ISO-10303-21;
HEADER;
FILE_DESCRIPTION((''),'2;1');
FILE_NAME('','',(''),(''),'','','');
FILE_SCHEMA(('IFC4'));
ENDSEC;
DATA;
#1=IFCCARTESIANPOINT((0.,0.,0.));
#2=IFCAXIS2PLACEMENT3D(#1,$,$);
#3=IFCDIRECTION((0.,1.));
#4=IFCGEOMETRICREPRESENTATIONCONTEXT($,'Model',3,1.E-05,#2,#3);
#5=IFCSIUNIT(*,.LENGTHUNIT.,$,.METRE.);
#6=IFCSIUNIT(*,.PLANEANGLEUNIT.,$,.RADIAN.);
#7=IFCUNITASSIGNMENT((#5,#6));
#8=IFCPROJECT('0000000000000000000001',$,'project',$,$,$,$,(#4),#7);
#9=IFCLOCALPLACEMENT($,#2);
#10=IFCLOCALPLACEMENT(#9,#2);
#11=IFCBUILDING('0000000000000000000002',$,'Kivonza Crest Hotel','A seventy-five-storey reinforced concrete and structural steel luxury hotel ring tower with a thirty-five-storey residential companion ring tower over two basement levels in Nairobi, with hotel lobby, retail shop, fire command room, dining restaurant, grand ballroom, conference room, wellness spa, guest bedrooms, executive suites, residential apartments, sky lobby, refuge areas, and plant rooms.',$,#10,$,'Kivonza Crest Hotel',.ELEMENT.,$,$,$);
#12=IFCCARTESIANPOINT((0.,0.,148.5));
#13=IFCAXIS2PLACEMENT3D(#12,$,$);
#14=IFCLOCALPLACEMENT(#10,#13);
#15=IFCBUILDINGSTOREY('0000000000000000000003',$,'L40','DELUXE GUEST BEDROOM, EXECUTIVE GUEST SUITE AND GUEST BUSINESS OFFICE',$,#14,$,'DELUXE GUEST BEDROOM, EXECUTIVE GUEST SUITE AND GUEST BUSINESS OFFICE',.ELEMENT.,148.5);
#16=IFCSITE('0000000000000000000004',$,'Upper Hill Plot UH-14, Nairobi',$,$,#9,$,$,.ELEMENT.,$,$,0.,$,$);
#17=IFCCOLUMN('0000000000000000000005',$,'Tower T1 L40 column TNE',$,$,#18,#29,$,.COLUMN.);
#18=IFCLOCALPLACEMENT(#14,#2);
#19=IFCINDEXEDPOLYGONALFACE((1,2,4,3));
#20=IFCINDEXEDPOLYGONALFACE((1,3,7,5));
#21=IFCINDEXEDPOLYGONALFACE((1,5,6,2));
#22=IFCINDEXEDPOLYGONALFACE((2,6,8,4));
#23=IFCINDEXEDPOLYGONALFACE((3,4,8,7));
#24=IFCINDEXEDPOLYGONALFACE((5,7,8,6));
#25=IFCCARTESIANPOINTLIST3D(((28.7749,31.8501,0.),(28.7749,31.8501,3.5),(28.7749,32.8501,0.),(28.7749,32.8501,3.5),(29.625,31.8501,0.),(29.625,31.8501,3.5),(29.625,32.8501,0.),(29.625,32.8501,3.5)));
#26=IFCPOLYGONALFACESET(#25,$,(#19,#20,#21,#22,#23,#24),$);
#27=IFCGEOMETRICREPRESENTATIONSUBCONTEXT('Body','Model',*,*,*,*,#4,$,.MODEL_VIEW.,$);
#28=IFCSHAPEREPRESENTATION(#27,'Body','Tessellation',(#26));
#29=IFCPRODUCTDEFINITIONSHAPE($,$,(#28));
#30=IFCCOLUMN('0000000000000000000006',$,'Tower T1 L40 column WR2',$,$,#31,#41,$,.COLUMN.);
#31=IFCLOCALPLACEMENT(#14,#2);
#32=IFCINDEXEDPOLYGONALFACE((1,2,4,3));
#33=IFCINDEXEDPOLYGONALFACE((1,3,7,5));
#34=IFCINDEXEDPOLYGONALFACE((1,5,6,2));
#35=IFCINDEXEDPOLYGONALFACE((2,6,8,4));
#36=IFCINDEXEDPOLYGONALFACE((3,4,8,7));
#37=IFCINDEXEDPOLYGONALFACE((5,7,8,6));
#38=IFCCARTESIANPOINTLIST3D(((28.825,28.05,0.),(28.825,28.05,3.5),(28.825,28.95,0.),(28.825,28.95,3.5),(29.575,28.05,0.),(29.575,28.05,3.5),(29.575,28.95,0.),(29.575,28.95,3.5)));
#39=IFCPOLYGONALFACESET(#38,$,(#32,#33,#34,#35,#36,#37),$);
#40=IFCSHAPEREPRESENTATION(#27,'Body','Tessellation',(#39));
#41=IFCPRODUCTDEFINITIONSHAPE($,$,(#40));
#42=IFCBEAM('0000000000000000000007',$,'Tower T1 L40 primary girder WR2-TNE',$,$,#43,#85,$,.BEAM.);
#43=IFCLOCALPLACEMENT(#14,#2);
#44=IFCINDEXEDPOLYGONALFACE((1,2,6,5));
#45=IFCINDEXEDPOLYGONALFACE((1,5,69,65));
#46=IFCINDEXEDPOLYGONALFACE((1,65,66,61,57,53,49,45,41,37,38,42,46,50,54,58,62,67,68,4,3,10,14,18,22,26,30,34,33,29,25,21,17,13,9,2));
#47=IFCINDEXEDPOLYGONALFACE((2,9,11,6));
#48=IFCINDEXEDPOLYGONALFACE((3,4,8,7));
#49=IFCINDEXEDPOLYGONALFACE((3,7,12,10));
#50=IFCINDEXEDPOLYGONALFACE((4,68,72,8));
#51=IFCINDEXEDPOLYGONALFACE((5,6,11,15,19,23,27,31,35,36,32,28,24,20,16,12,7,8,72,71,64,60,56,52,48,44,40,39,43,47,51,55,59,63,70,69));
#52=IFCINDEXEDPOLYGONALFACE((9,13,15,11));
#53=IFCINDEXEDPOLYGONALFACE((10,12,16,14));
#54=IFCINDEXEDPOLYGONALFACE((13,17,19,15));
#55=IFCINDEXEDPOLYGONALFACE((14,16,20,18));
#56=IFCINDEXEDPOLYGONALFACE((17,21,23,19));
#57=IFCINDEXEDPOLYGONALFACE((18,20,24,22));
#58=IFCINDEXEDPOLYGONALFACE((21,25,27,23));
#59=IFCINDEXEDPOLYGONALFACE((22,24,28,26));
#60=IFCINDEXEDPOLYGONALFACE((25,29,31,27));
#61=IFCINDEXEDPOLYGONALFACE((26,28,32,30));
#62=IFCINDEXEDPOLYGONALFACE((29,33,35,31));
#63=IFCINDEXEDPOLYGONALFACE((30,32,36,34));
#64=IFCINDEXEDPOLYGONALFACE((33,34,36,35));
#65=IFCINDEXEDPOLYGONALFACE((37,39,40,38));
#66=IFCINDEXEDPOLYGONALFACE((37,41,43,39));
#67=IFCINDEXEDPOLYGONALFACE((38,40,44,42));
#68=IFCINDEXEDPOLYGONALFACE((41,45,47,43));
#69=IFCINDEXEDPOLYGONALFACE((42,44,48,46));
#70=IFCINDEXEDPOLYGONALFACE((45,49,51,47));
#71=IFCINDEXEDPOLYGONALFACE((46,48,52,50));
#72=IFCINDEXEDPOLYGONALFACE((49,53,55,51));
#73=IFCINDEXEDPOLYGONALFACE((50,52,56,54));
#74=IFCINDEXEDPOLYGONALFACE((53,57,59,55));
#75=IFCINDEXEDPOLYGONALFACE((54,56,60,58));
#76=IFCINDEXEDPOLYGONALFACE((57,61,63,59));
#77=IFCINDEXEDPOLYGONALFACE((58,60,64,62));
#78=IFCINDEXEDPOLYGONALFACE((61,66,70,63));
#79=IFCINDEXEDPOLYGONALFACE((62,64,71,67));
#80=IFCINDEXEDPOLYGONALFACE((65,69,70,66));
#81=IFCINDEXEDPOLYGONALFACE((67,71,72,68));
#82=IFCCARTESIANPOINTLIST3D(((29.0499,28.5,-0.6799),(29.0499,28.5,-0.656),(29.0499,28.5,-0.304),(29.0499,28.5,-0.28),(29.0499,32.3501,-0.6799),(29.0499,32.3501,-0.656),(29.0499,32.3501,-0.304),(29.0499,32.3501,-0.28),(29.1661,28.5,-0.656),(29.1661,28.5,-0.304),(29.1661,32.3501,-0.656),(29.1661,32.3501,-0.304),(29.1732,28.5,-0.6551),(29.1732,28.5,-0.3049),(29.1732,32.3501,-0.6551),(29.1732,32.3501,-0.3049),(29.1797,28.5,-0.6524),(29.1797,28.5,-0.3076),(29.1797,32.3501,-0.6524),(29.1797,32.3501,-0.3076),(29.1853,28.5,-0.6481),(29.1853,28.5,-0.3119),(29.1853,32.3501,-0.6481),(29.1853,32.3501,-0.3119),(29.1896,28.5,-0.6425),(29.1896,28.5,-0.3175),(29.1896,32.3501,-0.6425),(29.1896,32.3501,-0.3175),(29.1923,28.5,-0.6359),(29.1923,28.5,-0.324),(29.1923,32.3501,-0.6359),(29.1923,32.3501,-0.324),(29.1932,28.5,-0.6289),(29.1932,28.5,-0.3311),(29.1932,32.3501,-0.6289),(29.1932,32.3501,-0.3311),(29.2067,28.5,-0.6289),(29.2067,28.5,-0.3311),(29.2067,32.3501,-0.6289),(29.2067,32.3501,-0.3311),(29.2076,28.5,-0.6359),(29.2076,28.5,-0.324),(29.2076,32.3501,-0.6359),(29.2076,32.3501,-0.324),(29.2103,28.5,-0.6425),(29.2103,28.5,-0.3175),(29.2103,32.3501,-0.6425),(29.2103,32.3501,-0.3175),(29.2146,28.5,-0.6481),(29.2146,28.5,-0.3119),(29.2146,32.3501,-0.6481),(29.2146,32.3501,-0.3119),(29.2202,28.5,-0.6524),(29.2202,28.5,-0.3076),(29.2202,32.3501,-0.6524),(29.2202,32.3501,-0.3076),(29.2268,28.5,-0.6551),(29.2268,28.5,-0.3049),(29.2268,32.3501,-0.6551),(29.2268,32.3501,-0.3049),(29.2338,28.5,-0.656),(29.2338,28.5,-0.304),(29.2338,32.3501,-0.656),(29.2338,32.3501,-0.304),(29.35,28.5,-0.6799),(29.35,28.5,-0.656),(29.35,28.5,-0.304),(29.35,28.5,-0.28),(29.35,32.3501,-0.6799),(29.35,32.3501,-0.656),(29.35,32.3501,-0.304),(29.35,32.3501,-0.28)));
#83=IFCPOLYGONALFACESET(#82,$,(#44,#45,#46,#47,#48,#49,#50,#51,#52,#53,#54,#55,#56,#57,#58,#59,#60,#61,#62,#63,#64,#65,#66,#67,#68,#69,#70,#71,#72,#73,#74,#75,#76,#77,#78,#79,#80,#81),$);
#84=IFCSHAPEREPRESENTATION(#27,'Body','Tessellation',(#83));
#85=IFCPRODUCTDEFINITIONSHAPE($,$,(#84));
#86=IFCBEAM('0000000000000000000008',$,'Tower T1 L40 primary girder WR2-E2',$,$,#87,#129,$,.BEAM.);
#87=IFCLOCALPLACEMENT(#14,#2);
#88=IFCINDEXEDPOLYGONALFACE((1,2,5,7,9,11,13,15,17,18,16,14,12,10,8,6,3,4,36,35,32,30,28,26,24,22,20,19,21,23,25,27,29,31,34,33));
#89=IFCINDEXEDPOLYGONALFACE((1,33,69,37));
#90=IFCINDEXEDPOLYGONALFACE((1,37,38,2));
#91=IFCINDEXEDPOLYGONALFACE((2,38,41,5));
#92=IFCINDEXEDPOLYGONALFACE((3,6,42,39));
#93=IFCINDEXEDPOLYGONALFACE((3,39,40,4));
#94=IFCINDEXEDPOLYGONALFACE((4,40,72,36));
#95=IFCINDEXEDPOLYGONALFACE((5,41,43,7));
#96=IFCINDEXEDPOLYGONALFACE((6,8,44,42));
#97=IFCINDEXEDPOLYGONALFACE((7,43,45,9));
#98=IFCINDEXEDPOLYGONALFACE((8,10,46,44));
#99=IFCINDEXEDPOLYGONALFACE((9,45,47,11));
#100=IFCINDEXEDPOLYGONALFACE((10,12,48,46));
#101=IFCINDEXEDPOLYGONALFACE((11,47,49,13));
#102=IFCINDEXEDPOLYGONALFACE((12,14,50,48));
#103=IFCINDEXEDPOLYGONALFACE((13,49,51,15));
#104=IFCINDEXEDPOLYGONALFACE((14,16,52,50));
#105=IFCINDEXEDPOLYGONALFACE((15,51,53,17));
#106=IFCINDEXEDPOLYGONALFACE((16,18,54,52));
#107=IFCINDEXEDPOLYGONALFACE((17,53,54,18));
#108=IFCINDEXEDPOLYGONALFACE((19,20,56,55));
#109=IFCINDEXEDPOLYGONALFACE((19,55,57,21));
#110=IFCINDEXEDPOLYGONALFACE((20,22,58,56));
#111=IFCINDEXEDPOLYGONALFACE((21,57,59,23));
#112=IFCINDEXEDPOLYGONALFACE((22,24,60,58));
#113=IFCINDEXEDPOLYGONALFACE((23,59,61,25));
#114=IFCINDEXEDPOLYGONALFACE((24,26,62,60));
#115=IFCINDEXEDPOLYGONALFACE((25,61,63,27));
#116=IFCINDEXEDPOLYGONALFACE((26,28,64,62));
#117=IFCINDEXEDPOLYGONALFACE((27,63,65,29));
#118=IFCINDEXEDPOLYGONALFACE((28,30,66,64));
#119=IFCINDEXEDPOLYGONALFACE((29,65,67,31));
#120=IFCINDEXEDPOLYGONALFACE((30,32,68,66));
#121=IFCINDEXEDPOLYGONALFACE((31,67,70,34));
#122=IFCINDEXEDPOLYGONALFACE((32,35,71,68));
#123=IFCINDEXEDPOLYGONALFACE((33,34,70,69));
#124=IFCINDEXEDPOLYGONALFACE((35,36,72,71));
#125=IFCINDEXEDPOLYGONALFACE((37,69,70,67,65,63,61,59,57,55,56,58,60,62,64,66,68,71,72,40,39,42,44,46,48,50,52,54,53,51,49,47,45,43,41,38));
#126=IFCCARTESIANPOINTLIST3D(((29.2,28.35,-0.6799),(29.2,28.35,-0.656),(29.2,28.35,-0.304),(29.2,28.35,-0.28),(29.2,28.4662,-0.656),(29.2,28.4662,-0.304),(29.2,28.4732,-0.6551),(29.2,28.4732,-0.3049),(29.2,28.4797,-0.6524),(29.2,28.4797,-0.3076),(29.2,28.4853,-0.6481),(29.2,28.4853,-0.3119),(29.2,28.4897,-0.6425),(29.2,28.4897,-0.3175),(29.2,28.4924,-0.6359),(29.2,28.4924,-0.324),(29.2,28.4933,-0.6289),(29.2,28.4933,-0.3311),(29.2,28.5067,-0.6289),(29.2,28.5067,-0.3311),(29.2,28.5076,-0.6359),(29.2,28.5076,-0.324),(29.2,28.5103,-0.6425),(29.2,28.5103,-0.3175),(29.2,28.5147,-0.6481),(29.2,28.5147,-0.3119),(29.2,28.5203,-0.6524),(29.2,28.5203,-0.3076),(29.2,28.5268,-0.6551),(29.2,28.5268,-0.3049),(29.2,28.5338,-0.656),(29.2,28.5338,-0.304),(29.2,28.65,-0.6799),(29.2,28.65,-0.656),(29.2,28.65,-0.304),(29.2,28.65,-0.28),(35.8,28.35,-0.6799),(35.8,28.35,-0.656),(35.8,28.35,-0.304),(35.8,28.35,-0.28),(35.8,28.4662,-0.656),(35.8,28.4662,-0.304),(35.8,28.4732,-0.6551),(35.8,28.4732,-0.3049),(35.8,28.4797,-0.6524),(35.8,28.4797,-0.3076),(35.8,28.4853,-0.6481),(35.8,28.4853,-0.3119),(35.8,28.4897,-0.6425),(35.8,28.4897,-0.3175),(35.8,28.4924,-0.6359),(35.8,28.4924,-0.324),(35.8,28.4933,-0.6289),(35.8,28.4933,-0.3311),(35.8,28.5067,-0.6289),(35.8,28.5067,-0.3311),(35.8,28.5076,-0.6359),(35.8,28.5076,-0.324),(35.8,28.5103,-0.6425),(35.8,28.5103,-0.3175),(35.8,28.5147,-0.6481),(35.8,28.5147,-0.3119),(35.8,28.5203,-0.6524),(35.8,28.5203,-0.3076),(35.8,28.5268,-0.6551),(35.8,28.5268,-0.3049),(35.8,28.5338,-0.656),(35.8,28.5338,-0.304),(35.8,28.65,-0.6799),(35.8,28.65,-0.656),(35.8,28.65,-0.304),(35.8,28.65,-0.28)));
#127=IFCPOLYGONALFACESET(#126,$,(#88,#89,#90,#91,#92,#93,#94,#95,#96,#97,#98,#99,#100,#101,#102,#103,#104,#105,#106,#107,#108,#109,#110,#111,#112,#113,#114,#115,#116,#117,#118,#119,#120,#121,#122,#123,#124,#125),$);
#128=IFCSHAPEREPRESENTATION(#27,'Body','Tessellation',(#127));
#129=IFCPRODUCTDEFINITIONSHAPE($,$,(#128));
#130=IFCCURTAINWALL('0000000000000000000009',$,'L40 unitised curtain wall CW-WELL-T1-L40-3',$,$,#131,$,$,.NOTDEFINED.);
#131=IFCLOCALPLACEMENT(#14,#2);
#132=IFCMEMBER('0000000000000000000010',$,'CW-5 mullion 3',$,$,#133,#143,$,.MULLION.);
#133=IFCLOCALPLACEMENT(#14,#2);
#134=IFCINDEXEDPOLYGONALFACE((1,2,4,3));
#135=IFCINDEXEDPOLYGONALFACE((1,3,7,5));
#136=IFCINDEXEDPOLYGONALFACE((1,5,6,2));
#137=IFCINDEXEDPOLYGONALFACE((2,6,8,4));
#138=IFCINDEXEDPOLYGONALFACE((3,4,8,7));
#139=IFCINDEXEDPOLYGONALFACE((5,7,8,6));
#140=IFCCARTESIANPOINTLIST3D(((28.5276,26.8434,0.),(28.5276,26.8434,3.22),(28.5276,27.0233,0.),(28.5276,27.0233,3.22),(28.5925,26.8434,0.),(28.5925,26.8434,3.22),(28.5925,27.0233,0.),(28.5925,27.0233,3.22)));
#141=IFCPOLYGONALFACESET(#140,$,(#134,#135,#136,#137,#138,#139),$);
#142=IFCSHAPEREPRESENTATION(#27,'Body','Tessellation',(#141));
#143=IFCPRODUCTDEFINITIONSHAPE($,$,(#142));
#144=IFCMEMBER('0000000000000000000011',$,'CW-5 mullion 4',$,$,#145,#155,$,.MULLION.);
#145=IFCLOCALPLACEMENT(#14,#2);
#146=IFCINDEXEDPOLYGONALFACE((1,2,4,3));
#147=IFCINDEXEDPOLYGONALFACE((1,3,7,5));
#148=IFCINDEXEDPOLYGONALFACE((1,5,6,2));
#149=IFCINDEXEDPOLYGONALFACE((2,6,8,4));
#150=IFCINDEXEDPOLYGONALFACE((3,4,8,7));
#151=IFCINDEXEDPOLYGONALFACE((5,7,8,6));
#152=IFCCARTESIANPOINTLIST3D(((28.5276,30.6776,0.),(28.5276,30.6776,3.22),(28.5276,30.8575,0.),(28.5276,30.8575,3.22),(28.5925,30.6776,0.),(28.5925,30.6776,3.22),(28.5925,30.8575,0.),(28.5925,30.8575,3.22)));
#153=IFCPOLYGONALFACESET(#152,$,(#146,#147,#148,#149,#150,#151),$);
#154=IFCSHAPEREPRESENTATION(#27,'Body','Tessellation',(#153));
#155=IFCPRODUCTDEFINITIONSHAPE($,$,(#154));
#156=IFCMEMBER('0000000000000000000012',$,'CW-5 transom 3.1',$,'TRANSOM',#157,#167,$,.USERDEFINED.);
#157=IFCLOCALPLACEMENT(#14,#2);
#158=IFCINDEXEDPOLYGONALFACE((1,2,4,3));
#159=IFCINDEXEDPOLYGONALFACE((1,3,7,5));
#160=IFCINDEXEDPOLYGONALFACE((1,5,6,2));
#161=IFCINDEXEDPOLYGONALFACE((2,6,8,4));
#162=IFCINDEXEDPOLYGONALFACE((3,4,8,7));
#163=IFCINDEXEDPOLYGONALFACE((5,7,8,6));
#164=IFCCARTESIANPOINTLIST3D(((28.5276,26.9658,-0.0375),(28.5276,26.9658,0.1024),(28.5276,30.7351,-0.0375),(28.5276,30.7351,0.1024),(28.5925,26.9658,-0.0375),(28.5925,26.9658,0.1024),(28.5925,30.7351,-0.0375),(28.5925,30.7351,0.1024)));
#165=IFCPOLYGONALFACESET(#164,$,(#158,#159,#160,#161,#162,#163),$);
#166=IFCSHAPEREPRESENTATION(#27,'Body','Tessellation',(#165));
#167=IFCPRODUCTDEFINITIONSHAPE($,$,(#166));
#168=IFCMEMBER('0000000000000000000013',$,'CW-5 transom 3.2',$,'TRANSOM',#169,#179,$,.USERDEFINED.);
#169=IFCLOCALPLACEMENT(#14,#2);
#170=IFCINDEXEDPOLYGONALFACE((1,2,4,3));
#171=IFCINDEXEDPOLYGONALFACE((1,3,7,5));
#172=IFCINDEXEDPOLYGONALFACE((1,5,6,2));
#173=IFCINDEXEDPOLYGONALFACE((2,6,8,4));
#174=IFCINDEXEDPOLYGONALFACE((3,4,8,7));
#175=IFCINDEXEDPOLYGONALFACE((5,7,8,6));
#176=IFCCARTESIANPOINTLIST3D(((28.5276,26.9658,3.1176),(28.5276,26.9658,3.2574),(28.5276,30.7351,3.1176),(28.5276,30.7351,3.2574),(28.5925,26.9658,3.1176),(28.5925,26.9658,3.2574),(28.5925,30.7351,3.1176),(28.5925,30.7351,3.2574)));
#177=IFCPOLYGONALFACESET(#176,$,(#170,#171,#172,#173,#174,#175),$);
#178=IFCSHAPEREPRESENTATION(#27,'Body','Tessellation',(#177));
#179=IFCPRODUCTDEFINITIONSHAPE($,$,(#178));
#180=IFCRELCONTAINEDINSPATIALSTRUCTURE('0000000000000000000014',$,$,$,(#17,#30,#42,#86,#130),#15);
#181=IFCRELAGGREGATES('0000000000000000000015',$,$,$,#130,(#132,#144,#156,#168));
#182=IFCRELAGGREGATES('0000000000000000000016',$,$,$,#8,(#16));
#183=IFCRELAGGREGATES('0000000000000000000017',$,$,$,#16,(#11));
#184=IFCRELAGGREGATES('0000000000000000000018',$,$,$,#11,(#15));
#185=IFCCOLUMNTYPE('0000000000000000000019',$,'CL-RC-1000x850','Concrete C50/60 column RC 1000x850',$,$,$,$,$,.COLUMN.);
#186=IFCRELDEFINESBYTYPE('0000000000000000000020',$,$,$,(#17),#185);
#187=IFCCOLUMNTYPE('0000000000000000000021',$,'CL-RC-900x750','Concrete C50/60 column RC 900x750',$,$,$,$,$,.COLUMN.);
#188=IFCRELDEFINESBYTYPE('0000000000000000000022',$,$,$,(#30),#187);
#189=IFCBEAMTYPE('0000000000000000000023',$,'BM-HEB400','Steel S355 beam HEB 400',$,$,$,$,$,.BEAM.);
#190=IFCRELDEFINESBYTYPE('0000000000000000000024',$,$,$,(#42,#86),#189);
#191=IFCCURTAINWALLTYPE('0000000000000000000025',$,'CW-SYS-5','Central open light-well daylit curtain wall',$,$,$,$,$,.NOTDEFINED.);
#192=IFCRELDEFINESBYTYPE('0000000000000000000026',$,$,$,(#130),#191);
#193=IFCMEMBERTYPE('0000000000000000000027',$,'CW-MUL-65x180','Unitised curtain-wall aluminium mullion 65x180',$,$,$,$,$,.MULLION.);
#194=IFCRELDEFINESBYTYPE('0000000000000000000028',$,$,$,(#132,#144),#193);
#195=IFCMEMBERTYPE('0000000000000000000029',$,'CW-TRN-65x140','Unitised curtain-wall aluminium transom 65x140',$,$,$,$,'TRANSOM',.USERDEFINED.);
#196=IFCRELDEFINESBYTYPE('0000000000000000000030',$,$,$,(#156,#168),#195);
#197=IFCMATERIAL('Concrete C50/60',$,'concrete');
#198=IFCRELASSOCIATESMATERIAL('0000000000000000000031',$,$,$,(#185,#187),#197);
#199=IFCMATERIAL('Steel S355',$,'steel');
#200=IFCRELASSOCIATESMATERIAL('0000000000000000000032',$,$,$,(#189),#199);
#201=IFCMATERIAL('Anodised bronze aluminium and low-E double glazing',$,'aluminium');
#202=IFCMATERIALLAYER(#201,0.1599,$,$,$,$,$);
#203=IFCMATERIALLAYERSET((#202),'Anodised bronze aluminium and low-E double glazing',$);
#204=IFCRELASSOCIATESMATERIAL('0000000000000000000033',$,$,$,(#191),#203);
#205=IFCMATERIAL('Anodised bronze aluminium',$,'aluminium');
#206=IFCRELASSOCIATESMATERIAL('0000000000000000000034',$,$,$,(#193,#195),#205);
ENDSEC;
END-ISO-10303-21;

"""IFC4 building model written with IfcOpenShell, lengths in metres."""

from ifc_helpers import new_model, si_unit, direction, frame, origin, origin_2d, place, context, subcontext, project, spatial, rectangle, i_section, extrude, material, layer, layer_set, material_profile, profile_set, type_object, element, aggregate, save


model = new_model("IFC4")

# Units and contexts
model_context = context("Model", 3, precision=1e-05, world=origin(), true_north=direction((0.0, 1.0)))
body_context = subcontext(model_context, "Body", "Model", "MODEL_VIEW")
ifc_project = project(units=[si_unit("LENGTHUNIT", "METRE"), si_unit("PLANEANGLEUNIT", "RADIAN")], contexts=[model_context])

# Site, building, storey
site_placement = place(None, origin())
site = spatial("IfcSite", under=ifc_project, at=site_placement, Name="Upper Hill Plot UH-14, Nairobi", CompositionType="ELEMENT", RefElevation=0.0)
building_placement = place(site_placement, origin())
building = spatial("IfcBuilding", under=site, at=building_placement, Name="Kivonza Crest Hotel", Description="A seventy-five-storey reinforced concrete and structural steel luxury hotel ring tower with a thirty-five-storey residential companion ring tower over two basement levels in Nairobi, with hotel lobby, retail shop, fire command room, dining restaurant, grand ballroom, conference room, wellness spa, guest bedrooms, executive suites, residential apartments, sky lobby, refuge areas, and plant rooms.", LongName="Kivonza Crest Hotel", CompositionType="ELEMENT")
storey_placement = place(building_placement, frame((0.0, 0.0, 148.5)))
storey = spatial("IfcBuildingStorey", under=building, at=storey_placement, Name="L40", Description="DELUXE GUEST BEDROOM, EXECUTIVE GUEST SUITE AND GUEST BUSINESS OFFICE", LongName="DELUXE GUEST BEDROOM, EXECUTIVE GUEST SUITE AND GUEST BUSINESS OFFICE", CompositionType="ELEMENT", Elevation=148.5)

# Columns
ifc_material_1 = material(Name="Concrete C50/60", Category="concrete")
ifc_material_profile_1 = material_profile(ifc_material_1, rectangle(XDim=0.8501, YDim=1.0, at=origin_2d()), Name="RC 1000x850")
ifc_profile_set_1 = profile_set([ifc_material_profile_1], Name="Concrete C50/60")
column_type_1 = type_object("IfcColumnType", Name="CL-RC-1000x850", Description="Concrete C50/60 column RC 1000x850", PredefinedType="COLUMN", material=ifc_profile_set_1)
column_1_placement = place(storey_placement, frame((29.2, 32.3501, 0.0), z_axis=(0.0, 0.0, 1.0), x_axis=(1.0, 0.0, 0.0)))
element("IfcColumn", 1, at=column_1_placement, inside=storey, type_object=column_type_1, Name="Tower T1 L40 column TNE", PredefinedType="COLUMN", context=body_context, shape_type="SweptSolid", body=[
    extrude(rectangle(XDim=0.8501, YDim=1.0, at=origin_2d()), origin(), (0.0, 0.0, 1.0), 3.5),
])
ifc_material_profile_2 = material_profile(ifc_material_1, rectangle(XDim=0.75, YDim=0.8999, at=origin_2d()), Name="RC 900x750")
ifc_profile_set_2 = profile_set([ifc_material_profile_2], Name="Concrete C50/60")
column_type_2 = type_object("IfcColumnType", Name="CL-RC-900x750", Description="Concrete C50/60 column RC 900x750", PredefinedType="COLUMN", material=ifc_profile_set_2)
column_2_placement = place(storey_placement, frame((29.2, 28.5, 0.0), z_axis=(0.0, 0.0, 1.0), x_axis=(1.0, 0.0, 0.0)))
element("IfcColumn", 2, at=column_2_placement, inside=storey, type_object=column_type_2, Name="Tower T1 L40 column WR2", PredefinedType="COLUMN", context=body_context, shape_type="SweptSolid", body=[
    extrude(rectangle(XDim=0.75, YDim=0.8999, at=origin_2d()), origin(), (0.0, 0.0, 1.0), 3.5),
])

# Beams
ifc_material_2 = material(Name="Steel S355", Category="steel")
ifc_material_profile_3 = material_profile(ifc_material_2, i_section(OverallWidth=0.3, OverallDepth=0.3999, WebThickness=0.0134, FlangeThickness=0.0239, FilletRadius=0.0271, at=origin_2d()), Name="HEB 400")
ifc_profile_set_3 = profile_set([ifc_material_profile_3], Name="Steel S355")
beam_type = type_object("IfcBeamType", Name="BM-HEB400", Description="Steel S355 beam HEB 400", PredefinedType="BEAM", material=ifc_profile_set_3)
beam_1_placement = place(storey_placement, frame((29.2, 28.5, -0.48), z_axis=(0.0, 1.0, 0.0), x_axis=(-1.0, 0.0, 0.0)))
element("IfcBeam", 3, at=beam_1_placement, inside=storey, type_object=beam_type, Name="Tower T1 L40 primary girder WR2-TNE", PredefinedType="BEAM", context=body_context, shape_type="SweptSolid", body=[
    extrude(i_section(OverallWidth=0.3, OverallDepth=0.3999, WebThickness=0.0134, FlangeThickness=0.0239, FilletRadius=0.0271, at=origin_2d()), origin(), (0.0, 0.0, 1.0), 3.8501),
])
beam_2_placement = place(storey_placement, frame((29.2, 28.5, -0.48), z_axis=(1.0, 0.0, 0.0), x_axis=(0.0, 1.0, 0.0)))
element("IfcBeam", 4, at=beam_2_placement, inside=storey, type_object=beam_type, Name="Tower T1 L40 primary girder WR2-E2", PredefinedType="BEAM", context=body_context, shape_type="SweptSolid", body=[
    extrude(i_section(OverallWidth=0.3, OverallDepth=0.3999, WebThickness=0.0134, FlangeThickness=0.0239, FilletRadius=0.0271, at=origin_2d()), origin(), (0.0, 0.0, 1.0), 6.6001),
])

# Curtain wall, members
ifc_material_3 = material(Name="Anodised bronze aluminium and low-E double glazing", Category="aluminium")
ifc_layer_1 = layer(ifc_material_3, 0.1599)
ifc_layer_set_1 = layer_set([ifc_layer_1], Name="Anodised bronze aluminium and low-E double glazing")
curtain_wall_type = type_object("IfcCurtainWallType", Name="CW-SYS-5", Description="Central open light-well daylit curtain wall", PredefinedType="NOTDEFINED", material=ifc_layer_set_1)
curtain_wall_placement = place(storey_placement, origin())
curtain_wall = element("IfcCurtainWall", 5, at=curtain_wall_placement, inside=storey, type_object=curtain_wall_type, Name="L40 unitised curtain wall CW-WELL-T1-L40-3", PredefinedType="NOTDEFINED")
ifc_material_4 = material(Name="Anodised bronze aluminium", Category="aluminium")
ifc_material_profile_4 = material_profile(ifc_material_4, rectangle(XDim=0.0649, YDim=0.1799, at=origin_2d()), Name="CW-M 65x180")
ifc_profile_set_4 = profile_set([ifc_material_profile_4], Name="Anodised bronze aluminium")
member_type_1 = type_object("IfcMemberType", Name="CW-MUL-65x180", Description="Unitised curtain-wall aluminium mullion 65x180", PredefinedType="MULLION", material=ifc_profile_set_4)
member_1_placement = place(storey_placement, frame((28.5601, 26.9333, 0.0), z_axis=(0.0, 0.0, 1.0), x_axis=(-1.0, 0.0, 0.0)))
member_1 = element("IfcMember", 6, at=member_1_placement, type_object=member_type_1, Name="CW-5 mullion 3", PredefinedType="MULLION", context=body_context, shape_type="SweptSolid", body=[
    extrude(rectangle(XDim=0.0649, YDim=0.1799, at=origin_2d()), origin(), (0.0, 0.0, 1.0), 3.22),
])
member_2_placement = place(storey_placement, frame((28.5601, 30.7676, 0.0), z_axis=(0.0, 0.0, 1.0), x_axis=(-1.0, 0.0, 0.0)))
member_2 = element("IfcMember", 7, at=member_2_placement, type_object=member_type_1, Name="CW-5 mullion 4", PredefinedType="MULLION", context=body_context, shape_type="SweptSolid", body=[
    extrude(rectangle(XDim=0.0649, YDim=0.1799, at=origin_2d()), origin(), (0.0, 0.0, 1.0), 3.22),
])
ifc_material_profile_5 = material_profile(ifc_material_4, rectangle(XDim=0.0649, YDim=0.1399, at=origin_2d()), Name="CW-T 65x140")
ifc_profile_set_5 = profile_set([ifc_material_profile_5], Name="Anodised bronze aluminium")
member_type_2 = type_object("IfcMemberType", Name="CW-TRN-65x140", Description="Unitised curtain-wall aluminium transom 65x140", ElementType="TRANSOM", PredefinedType="USERDEFINED", material=ifc_profile_set_5)
member_3_placement = place(storey_placement, frame((28.5601, 26.9658, 0.0325), z_axis=(0.0, 1.0, 0.0), x_axis=(-1.0, 0.0, 0.0)))
member_3 = element("IfcMember", 8, at=member_3_placement, type_object=member_type_2, Name="CW-5 transom 3.1", ObjectType="TRANSOM", PredefinedType="USERDEFINED", context=body_context, shape_type="SweptSolid", body=[
    extrude(rectangle(XDim=0.0649, YDim=0.1399, at=origin_2d()), origin(), (0.0, 0.0, 1.0), 3.7693),
])
member_4_placement = place(storey_placement, frame((28.5601, 26.9658, 3.1875), z_axis=(0.0, 1.0, 0.0), x_axis=(-1.0, 0.0, 0.0)))
member_4 = element("IfcMember", 9, at=member_4_placement, type_object=member_type_2, Name="CW-5 transom 3.2", ObjectType="TRANSOM", PredefinedType="USERDEFINED", context=body_context, shape_type="SweptSolid", body=[
    extrude(rectangle(XDim=0.0649, YDim=0.1399, at=origin_2d()), origin(), (0.0, 0.0, 1.0), 3.7693),
])
aggregate(curtain_wall, [member_1, member_2, member_3, member_4])

save(model, "model.ifc")
